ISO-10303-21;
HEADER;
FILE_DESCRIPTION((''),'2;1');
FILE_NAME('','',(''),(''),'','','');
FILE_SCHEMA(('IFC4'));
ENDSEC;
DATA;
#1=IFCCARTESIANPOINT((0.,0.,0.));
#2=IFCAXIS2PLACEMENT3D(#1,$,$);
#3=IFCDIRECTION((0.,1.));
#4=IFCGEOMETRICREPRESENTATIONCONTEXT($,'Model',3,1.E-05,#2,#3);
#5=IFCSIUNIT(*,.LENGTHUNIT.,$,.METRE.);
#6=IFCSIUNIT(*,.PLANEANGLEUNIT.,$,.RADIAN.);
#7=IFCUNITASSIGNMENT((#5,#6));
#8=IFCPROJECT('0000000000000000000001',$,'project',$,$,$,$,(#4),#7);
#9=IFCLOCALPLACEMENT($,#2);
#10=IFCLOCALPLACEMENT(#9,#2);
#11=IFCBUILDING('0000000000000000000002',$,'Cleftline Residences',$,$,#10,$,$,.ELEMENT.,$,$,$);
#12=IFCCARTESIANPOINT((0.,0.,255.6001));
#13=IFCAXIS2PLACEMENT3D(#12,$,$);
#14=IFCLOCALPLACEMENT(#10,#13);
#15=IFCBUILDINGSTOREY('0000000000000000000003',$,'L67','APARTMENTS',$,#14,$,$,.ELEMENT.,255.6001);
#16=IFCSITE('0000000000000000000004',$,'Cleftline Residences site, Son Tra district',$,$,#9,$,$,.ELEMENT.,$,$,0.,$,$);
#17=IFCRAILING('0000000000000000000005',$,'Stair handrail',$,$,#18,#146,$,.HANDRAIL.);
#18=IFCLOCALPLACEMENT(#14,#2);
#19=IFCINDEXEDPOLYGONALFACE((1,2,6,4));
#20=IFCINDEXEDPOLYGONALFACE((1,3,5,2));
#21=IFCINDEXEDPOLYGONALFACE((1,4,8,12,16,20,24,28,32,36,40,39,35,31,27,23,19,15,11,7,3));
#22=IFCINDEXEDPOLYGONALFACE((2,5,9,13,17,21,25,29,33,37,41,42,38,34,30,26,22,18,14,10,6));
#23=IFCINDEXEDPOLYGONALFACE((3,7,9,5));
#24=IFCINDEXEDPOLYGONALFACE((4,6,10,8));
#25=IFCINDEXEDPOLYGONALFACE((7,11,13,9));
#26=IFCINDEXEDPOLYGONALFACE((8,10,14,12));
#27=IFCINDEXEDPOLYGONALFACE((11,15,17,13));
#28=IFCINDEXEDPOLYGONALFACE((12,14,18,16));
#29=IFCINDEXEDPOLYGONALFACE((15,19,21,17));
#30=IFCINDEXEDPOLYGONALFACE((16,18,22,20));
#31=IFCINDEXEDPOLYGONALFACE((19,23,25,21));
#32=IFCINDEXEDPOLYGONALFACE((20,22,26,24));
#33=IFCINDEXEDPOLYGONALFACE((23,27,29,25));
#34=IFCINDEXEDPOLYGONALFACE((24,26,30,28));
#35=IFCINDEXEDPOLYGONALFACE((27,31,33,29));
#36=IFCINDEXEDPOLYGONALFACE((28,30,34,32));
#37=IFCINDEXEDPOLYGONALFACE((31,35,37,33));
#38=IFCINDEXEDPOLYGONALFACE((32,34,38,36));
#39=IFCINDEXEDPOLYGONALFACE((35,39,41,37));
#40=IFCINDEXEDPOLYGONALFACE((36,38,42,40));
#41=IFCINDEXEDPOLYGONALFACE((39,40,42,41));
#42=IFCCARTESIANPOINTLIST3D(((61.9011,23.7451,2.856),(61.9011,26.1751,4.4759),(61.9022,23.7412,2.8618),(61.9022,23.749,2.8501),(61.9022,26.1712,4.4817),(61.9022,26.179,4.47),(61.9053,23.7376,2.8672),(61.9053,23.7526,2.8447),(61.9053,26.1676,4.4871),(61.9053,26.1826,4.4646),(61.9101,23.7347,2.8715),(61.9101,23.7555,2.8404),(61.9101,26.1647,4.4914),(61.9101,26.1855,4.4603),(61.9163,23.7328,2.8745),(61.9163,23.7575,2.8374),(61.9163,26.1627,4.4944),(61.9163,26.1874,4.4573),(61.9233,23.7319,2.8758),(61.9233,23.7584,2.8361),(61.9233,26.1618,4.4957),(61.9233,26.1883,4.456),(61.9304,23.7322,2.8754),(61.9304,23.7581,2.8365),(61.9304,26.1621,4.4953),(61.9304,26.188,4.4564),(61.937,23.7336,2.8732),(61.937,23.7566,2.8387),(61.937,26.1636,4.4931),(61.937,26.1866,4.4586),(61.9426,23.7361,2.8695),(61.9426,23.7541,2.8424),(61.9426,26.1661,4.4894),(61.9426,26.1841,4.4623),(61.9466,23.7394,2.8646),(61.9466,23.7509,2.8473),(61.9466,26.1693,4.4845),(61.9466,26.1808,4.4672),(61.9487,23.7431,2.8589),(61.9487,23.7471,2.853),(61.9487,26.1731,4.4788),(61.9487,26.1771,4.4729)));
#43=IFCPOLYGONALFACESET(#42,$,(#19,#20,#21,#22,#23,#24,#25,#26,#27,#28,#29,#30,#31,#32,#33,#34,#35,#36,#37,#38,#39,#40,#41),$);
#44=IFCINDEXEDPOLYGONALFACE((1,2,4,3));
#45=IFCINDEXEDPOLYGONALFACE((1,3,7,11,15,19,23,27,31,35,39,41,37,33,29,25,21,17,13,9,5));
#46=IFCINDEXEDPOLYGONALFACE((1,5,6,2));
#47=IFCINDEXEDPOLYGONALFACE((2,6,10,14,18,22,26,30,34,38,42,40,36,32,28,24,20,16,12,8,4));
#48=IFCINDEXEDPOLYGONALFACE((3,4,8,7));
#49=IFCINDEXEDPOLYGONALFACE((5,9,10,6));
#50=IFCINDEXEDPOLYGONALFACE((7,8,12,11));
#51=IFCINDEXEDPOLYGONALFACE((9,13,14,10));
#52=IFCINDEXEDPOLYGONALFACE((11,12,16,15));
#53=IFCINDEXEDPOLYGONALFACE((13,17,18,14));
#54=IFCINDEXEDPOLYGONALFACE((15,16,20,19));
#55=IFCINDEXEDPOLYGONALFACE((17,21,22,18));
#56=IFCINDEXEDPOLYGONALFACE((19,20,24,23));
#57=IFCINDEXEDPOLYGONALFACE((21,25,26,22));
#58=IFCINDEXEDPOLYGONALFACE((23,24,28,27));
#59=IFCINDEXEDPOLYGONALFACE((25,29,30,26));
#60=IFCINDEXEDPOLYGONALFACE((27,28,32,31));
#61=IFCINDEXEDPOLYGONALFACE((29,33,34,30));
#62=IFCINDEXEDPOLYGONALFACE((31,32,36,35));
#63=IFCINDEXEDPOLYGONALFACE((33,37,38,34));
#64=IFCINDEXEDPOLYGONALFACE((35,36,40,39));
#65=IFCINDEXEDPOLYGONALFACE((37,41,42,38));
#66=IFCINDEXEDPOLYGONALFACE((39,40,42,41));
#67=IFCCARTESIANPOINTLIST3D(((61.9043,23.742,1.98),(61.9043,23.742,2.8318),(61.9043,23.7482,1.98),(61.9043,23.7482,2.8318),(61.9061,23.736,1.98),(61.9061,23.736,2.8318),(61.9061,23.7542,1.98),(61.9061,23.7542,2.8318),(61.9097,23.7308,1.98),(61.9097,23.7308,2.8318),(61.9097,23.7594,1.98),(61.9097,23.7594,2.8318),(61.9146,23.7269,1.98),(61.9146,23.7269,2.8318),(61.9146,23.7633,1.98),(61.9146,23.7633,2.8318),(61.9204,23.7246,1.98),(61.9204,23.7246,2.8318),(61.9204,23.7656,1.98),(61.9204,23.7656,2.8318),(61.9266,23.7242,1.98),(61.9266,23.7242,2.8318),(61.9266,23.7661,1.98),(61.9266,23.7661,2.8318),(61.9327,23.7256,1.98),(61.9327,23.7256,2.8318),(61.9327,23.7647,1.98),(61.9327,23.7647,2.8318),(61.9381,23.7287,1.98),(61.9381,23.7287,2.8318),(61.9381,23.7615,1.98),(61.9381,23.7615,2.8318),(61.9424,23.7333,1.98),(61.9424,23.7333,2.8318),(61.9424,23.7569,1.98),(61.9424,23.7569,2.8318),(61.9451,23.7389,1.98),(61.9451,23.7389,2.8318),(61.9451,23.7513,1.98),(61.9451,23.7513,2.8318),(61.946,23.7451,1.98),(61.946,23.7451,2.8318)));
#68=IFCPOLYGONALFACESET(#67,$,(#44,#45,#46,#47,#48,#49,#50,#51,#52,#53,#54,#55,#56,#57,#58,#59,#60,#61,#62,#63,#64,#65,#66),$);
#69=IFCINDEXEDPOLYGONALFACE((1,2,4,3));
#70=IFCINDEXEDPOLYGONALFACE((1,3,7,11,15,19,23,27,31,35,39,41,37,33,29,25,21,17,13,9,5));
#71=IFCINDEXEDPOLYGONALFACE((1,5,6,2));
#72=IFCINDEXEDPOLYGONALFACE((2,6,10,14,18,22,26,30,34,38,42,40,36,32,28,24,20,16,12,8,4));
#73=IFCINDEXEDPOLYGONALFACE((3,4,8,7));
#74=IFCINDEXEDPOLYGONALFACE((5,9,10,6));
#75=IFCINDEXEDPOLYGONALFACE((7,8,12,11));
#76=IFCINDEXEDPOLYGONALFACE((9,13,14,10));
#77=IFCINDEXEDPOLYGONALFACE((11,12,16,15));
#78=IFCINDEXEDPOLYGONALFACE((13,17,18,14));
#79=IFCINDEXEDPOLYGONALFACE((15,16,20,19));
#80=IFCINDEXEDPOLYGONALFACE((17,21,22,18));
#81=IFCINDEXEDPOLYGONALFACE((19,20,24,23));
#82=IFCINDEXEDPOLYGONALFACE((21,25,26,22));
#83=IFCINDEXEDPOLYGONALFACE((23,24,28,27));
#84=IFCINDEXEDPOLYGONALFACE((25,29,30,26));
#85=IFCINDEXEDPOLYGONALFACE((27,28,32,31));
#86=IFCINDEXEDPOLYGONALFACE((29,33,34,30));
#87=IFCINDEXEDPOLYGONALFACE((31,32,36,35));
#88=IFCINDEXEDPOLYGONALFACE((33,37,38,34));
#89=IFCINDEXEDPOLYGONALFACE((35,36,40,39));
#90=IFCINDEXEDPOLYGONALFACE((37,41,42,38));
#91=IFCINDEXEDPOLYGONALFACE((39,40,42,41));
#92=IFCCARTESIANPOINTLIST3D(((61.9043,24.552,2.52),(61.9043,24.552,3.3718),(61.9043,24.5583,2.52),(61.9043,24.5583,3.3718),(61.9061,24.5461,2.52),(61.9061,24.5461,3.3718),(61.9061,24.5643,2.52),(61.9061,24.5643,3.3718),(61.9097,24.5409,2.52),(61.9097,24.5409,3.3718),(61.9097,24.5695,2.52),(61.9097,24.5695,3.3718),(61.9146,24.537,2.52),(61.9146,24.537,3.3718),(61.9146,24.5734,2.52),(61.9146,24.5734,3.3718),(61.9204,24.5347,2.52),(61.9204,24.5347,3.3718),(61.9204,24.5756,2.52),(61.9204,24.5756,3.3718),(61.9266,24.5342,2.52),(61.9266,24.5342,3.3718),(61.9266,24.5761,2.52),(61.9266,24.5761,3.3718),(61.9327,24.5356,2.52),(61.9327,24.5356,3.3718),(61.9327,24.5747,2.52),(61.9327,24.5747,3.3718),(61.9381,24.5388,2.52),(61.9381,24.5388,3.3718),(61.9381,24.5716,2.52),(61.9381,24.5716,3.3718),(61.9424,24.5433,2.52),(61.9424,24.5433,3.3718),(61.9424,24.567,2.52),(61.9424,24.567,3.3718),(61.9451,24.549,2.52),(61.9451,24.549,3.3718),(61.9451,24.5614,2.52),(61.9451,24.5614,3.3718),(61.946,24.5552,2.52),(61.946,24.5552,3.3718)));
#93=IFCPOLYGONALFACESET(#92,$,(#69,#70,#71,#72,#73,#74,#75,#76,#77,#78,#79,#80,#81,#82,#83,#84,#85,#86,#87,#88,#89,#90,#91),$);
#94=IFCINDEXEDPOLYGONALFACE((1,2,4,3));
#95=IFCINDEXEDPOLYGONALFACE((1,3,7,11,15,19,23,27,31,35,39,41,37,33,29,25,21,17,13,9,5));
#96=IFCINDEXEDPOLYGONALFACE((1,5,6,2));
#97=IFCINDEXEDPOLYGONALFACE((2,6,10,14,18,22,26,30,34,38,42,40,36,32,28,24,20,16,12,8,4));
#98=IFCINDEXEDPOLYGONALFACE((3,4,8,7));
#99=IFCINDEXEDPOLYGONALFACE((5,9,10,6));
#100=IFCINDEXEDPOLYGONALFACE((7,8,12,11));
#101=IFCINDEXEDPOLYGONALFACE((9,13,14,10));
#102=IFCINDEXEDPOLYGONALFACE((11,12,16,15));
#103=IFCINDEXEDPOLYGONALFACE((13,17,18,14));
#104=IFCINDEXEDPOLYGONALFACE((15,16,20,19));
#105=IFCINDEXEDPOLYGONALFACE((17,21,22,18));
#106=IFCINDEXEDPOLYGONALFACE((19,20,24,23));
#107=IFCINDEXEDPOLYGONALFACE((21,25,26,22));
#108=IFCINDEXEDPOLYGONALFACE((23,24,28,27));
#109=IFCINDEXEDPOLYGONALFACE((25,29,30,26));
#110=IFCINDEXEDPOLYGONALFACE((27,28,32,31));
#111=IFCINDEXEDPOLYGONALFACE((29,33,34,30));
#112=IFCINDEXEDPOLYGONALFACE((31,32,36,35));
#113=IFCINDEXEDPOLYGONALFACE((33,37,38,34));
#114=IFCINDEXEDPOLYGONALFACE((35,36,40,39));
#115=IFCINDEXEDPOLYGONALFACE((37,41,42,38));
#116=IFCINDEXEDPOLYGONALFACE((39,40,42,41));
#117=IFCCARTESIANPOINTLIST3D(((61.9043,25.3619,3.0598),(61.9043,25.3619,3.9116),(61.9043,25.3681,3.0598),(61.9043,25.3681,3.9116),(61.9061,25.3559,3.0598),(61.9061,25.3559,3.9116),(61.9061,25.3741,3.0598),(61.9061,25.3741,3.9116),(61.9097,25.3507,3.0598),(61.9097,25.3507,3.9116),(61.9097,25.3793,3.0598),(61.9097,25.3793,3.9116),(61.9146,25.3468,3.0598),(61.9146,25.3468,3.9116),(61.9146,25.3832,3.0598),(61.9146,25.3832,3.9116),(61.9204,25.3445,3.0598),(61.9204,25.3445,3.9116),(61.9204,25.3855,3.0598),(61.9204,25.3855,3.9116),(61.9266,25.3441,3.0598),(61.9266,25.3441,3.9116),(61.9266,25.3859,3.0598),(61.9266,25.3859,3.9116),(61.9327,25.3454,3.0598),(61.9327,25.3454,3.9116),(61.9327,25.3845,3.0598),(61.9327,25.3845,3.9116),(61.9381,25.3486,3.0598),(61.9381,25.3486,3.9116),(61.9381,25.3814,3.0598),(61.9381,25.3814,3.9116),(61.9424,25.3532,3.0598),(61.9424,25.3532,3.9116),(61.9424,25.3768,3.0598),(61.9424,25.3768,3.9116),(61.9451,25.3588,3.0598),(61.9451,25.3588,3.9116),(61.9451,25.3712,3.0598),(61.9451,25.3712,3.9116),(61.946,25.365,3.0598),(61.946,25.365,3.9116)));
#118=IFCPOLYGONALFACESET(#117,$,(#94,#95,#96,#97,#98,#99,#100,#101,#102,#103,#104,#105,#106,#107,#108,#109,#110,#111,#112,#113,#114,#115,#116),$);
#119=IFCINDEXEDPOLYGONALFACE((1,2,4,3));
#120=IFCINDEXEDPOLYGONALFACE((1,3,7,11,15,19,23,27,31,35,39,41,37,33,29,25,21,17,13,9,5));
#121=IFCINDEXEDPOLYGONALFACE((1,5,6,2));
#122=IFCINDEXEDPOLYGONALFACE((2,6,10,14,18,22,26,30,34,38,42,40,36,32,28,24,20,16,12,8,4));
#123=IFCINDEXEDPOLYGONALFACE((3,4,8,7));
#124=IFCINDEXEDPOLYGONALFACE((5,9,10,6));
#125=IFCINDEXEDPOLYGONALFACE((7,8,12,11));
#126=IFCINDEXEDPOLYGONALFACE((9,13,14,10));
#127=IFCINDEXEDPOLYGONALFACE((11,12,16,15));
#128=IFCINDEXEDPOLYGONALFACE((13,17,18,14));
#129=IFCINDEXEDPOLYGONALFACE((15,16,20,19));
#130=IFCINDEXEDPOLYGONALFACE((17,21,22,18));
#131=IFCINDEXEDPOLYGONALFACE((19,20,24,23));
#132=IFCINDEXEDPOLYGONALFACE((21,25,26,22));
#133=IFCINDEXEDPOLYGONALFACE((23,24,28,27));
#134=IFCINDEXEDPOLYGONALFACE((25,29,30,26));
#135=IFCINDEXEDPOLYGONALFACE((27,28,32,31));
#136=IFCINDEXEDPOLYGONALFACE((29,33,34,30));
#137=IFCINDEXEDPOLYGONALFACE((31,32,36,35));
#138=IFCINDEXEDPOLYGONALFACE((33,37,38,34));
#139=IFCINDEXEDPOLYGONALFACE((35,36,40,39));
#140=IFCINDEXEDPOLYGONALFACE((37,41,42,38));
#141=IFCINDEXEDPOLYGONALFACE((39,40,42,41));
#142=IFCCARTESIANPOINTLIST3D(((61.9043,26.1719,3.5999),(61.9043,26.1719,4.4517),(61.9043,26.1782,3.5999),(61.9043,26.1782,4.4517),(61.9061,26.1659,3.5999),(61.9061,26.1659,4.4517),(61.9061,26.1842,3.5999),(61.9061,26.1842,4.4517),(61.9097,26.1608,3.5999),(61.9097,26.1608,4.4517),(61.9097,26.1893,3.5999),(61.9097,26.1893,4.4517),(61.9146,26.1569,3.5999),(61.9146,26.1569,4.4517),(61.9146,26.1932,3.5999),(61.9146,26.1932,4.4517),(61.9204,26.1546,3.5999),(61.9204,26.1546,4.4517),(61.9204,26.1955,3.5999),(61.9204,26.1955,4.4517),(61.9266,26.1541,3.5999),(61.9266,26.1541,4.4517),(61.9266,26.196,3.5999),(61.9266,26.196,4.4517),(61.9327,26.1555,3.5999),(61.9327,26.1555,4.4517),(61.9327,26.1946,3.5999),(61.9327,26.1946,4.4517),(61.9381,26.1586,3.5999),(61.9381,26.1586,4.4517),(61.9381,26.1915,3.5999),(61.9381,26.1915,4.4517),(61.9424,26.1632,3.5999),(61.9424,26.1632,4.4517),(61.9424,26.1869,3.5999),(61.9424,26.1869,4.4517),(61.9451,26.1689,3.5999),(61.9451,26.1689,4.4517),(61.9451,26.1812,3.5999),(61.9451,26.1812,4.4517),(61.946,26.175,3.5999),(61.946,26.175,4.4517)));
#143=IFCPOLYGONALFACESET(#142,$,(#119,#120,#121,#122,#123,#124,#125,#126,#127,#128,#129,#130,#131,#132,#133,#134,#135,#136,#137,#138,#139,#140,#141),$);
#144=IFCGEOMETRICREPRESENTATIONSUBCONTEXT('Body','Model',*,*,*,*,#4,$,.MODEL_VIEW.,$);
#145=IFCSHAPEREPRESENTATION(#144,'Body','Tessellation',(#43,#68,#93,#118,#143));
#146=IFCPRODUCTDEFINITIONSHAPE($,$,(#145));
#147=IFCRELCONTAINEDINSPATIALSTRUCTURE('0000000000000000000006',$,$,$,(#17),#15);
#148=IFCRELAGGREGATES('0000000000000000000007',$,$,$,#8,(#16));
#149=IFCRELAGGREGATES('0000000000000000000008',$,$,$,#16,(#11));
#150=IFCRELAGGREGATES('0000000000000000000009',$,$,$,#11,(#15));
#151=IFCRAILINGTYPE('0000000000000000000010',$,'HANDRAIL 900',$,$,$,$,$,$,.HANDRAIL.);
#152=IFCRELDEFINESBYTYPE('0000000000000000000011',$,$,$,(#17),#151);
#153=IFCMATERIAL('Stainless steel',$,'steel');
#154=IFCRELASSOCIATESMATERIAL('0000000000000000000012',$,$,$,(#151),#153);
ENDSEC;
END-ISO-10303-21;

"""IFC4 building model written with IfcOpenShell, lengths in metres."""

from ifc_helpers import new_model, si_unit, direction, frame, origin, origin_2d, place, context, subcontext, project, spatial, circle, extrude, material, type_object, element, save


model = new_model("IFC4")

# Units and contexts
model_context = context("Model", 3, precision=1e-05, world=origin(), true_north=direction((0.0, 1.0)))
body_context = subcontext(model_context, "Body", "Model", "MODEL_VIEW")
ifc_project = project(units=[si_unit("LENGTHUNIT", "METRE"), si_unit("PLANEANGLEUNIT", "RADIAN")], contexts=[model_context])

# Site, building, storey
site_placement = place(None, origin())
site = spatial("IfcSite", under=ifc_project, at=site_placement, Name="Cleftline Residences site, Son Tra district", CompositionType="ELEMENT", RefElevation=0.0)
building_placement = place(site_placement, origin())
building = spatial("IfcBuilding", under=site, at=building_placement, Name="Cleftline Residences", CompositionType="ELEMENT")
storey_placement = place(building_placement, frame((0.0, 0.0, 255.6001)))
storey = spatial("IfcBuildingStorey", under=building, at=storey_placement, Name="L67", Description="APARTMENTS", CompositionType="ELEMENT", Elevation=255.6001)

# Railing
ifc_material_1 = material(Name="Stainless steel", Category="steel")
railing_type = type_object("IfcRailingType", Name="HANDRAIL 900", PredefinedType="HANDRAIL", material=ifc_material_1)
railing_placement = place(storey_placement, frame((61.925, 23.7451, 1.98)))
element("IfcRailing", 1, at=railing_placement, inside=storey, type_object=railing_type, Name="Stair handrail", PredefinedType="HANDRAIL", context=body_context, shape_type="SweptSolid", body=[
    extrude(circle(Radius=0.0239, at=origin_2d()), frame((0.0, 0.0, 0.876), z_axis=(0.0, 0.832063, 0.554681), x_axis=(-1.0, 0.0, 0.0)), (0.0, 0.0, 1.0), 2.9204),
    extrude(circle(Radius=0.021, at=origin_2d()), origin(), (0.0, 0.0, 1.0), 0.8518),
    extrude(circle(Radius=0.021, at=origin_2d()), frame((0.0, 0.8101, 0.54)), (0.0, 0.0, 1.0), 0.8518),
    extrude(circle(Radius=0.021, at=origin_2d()), frame((0.0, 1.6199, 1.0798)), (0.0, 0.0, 1.0), 0.8518),
    extrude(circle(Radius=0.021, at=origin_2d()), frame((0.0, 2.4299, 1.6199)), (0.0, 0.0, 1.0), 0.8518),
])

save(model, "model.ifc")
